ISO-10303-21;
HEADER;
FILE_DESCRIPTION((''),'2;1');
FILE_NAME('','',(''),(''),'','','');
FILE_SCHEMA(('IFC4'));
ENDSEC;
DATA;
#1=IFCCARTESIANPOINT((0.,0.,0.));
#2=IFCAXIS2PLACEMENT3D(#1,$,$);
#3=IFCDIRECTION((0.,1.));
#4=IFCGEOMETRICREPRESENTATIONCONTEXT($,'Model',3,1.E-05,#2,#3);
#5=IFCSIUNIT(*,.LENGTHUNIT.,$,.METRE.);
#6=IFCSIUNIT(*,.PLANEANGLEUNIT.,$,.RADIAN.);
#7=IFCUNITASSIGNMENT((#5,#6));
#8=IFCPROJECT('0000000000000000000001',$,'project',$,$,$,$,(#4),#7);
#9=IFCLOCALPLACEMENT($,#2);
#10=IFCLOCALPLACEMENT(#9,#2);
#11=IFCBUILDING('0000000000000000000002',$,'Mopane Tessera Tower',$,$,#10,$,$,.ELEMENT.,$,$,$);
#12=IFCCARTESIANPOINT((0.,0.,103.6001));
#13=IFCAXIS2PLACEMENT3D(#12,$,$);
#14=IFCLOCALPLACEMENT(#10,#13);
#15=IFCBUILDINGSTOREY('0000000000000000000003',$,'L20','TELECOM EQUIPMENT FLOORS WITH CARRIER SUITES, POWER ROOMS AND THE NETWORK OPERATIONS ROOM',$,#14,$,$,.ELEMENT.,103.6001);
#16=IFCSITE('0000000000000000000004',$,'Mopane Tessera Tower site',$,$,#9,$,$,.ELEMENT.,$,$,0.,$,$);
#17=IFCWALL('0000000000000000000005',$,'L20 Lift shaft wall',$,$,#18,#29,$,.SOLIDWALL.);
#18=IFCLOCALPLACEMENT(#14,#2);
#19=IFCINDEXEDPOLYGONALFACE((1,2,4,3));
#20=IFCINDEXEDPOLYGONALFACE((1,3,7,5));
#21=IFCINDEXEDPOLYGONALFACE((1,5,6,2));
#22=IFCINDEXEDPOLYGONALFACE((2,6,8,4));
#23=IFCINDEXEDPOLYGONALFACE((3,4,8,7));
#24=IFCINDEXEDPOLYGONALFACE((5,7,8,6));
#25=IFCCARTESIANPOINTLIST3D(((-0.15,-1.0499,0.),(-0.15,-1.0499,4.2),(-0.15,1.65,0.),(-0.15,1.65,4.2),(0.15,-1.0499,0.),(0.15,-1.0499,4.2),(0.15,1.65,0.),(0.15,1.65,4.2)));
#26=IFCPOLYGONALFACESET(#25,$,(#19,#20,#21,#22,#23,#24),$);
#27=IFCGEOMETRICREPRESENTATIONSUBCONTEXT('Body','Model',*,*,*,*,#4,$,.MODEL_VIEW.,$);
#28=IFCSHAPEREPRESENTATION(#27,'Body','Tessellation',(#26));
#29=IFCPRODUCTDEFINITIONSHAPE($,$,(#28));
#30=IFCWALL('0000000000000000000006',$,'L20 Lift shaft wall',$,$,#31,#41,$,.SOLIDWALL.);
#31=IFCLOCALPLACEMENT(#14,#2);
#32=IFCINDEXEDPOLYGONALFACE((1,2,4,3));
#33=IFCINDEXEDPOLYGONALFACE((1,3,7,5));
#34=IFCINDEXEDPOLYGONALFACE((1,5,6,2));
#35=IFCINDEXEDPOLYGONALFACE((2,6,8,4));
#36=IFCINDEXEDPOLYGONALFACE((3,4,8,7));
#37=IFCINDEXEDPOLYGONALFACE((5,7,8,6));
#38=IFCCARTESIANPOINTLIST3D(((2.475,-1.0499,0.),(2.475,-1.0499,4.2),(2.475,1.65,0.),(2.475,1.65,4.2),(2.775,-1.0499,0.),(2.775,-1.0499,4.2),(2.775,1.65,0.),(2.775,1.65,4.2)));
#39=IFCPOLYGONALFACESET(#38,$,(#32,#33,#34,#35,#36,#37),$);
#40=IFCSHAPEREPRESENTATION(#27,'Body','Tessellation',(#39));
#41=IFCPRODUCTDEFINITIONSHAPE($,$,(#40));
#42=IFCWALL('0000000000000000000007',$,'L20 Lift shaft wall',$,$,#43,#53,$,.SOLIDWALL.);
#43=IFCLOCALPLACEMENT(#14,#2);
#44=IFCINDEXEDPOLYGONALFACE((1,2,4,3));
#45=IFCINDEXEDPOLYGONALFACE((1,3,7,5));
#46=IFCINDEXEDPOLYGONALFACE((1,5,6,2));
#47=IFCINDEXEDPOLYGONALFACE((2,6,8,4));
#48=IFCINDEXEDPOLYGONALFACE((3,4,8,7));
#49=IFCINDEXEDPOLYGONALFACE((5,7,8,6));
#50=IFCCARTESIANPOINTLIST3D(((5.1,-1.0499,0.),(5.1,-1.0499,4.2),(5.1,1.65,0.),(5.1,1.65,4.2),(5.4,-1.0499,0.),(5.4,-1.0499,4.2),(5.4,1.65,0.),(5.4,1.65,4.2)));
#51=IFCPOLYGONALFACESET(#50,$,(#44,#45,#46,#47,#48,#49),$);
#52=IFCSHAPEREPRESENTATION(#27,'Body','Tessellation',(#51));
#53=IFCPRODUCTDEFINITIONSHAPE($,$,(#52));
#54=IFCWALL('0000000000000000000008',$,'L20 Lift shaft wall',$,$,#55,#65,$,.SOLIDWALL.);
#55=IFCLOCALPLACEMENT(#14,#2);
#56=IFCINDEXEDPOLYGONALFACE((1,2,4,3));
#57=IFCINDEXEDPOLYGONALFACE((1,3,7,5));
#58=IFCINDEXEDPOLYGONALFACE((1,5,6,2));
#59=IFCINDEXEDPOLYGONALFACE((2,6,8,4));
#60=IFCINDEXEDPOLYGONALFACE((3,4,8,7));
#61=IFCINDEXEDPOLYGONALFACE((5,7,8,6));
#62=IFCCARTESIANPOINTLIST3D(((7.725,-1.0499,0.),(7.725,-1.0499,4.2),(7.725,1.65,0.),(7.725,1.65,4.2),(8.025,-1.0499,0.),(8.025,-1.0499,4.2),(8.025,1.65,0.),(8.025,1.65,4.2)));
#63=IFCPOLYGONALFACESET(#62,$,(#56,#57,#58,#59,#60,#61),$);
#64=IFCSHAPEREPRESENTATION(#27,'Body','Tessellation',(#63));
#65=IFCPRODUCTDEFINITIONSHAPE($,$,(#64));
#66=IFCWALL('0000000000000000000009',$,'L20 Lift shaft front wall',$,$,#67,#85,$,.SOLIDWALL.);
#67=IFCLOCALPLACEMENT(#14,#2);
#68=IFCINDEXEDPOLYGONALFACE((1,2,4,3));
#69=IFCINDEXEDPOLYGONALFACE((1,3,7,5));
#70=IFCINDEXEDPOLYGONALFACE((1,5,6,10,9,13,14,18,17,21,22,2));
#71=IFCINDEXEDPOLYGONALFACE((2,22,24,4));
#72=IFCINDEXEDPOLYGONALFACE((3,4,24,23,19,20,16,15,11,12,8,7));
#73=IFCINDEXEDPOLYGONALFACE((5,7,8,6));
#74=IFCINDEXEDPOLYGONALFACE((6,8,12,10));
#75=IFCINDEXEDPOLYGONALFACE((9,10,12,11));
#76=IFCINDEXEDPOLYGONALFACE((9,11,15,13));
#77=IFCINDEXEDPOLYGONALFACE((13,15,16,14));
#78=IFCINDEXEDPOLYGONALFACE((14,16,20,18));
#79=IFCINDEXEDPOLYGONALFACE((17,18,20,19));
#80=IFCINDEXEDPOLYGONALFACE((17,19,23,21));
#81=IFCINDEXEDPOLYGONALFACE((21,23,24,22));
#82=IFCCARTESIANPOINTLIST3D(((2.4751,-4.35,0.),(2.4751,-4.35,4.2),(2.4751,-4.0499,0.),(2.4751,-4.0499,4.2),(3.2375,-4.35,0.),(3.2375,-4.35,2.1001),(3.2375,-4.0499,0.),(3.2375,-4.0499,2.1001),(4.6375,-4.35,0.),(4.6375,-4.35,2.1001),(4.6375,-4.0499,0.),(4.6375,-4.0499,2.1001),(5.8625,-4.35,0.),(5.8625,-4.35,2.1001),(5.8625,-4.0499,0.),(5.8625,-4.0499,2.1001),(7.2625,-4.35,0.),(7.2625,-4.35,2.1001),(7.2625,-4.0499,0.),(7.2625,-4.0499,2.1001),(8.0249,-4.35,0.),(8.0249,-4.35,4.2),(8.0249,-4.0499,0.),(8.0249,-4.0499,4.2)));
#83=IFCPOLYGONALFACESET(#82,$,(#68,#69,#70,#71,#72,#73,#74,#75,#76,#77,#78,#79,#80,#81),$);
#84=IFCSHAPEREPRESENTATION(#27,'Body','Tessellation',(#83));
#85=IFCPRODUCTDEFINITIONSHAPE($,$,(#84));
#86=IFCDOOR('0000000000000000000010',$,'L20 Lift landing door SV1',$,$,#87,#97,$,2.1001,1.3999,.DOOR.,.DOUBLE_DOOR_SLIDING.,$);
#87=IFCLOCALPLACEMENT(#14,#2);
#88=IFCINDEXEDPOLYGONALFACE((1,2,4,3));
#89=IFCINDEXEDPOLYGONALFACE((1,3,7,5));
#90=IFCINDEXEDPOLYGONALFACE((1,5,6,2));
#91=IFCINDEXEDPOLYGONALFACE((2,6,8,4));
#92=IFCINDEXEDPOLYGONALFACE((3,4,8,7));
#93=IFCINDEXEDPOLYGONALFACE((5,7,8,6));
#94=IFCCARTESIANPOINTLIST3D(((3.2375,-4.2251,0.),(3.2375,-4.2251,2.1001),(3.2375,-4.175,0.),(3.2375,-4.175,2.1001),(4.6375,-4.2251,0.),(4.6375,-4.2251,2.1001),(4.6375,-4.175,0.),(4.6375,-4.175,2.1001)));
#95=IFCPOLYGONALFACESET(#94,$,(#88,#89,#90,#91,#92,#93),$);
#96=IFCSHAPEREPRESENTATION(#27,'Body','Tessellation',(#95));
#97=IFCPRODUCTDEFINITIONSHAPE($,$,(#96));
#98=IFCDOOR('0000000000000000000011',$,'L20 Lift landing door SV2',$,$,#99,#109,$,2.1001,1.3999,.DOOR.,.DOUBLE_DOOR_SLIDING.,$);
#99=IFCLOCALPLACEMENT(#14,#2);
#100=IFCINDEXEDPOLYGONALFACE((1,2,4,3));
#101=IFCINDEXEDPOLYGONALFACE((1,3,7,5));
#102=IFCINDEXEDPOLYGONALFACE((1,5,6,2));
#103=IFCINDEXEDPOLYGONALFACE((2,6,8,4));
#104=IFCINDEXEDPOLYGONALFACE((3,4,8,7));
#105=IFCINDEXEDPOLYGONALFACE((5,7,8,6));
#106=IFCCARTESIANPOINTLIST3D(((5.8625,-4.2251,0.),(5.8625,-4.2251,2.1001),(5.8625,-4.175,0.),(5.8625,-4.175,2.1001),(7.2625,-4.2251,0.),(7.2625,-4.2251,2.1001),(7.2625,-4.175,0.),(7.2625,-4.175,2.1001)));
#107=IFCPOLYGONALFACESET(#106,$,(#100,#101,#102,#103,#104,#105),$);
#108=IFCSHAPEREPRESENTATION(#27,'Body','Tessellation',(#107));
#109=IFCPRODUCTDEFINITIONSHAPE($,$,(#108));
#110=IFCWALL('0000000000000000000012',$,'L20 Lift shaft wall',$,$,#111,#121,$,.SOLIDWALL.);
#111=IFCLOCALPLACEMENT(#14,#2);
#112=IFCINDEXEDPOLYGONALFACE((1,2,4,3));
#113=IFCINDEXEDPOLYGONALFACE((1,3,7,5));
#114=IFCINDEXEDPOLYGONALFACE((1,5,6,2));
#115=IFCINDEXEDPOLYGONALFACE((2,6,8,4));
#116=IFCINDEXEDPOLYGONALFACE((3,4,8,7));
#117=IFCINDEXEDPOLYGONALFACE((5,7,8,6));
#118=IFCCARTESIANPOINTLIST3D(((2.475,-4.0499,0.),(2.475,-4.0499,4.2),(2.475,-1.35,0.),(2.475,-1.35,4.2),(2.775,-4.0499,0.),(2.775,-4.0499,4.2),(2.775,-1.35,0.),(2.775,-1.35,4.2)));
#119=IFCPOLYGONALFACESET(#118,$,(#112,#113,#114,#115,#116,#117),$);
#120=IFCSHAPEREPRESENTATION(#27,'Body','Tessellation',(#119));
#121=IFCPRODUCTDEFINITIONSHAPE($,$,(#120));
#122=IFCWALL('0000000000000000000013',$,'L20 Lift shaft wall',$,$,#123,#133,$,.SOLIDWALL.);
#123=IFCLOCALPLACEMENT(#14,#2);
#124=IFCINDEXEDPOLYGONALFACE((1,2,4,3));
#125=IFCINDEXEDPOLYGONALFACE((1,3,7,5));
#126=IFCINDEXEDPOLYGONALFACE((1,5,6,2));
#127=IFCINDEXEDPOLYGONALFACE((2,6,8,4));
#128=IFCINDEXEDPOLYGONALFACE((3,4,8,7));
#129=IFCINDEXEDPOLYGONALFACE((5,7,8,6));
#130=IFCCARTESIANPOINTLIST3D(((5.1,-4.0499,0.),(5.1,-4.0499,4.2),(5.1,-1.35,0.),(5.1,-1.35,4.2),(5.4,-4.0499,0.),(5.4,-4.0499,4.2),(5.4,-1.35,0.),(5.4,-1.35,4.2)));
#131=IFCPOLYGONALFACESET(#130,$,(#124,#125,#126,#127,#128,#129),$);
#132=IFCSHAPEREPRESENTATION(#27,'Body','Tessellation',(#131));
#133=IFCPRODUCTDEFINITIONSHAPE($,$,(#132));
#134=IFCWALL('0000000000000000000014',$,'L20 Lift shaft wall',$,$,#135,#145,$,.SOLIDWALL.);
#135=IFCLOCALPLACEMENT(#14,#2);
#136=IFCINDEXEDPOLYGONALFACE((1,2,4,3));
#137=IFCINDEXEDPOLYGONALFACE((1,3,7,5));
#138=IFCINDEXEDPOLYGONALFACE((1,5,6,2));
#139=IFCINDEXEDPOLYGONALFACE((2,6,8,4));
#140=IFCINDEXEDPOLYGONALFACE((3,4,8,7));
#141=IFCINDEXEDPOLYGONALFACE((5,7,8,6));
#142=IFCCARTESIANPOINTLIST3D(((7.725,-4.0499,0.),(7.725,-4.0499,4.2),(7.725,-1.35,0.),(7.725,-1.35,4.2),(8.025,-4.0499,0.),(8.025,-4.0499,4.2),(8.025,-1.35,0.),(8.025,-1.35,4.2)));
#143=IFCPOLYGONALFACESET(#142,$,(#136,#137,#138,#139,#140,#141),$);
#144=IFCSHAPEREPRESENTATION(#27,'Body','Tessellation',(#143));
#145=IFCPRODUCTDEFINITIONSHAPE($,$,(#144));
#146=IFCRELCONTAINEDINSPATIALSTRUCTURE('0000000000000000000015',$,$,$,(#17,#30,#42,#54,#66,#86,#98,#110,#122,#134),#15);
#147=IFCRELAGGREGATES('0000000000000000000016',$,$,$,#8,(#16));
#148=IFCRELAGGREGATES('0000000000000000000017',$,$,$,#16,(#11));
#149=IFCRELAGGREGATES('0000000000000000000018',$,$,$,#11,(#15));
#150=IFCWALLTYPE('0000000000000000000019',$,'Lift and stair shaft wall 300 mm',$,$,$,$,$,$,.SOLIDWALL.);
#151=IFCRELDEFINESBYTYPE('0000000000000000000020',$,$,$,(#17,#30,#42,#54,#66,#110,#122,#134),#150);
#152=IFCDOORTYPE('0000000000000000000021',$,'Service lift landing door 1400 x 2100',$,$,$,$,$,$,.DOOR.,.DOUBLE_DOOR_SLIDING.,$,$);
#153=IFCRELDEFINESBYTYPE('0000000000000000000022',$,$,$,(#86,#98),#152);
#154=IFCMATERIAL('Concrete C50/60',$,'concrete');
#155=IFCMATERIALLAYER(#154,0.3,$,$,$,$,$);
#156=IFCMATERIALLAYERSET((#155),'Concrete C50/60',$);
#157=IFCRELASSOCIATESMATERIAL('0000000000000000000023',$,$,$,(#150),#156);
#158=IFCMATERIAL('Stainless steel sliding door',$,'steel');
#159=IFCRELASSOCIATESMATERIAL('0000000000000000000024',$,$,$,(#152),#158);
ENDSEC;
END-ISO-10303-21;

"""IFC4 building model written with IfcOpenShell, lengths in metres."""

from ifc_helpers import new_model, si_unit, direction, frame, frame_2d, origin, place, context, subcontext, project, spatial, rectangle, extrude, material, layer, layer_set, type_object, element, fill, save


model = new_model("IFC4")

# Units and contexts
model_context = context("Model", 3, precision=1e-05, world=origin(), true_north=direction((0.0, 1.0)))
body_context = subcontext(model_context, "Body", "Model", "MODEL_VIEW")
ifc_project = project(units=[si_unit("LENGTHUNIT", "METRE"), si_unit("PLANEANGLEUNIT", "RADIAN")], contexts=[model_context])

# Site, building, storey
site_placement = place(None, origin())
site = spatial("IfcSite", under=ifc_project, at=site_placement, Name="Mopane Tessera Tower site", CompositionType="ELEMENT", RefElevation=0.0)
building_placement = place(site_placement, origin())
building = spatial("IfcBuilding", under=site, at=building_placement, Name="Mopane Tessera Tower", CompositionType="ELEMENT")
storey_placement = place(building_placement, frame((0.0, 0.0, 103.6001)))
storey = spatial("IfcBuildingStorey", under=building, at=storey_placement, Name="L20", Description="TELECOM EQUIPMENT FLOORS WITH CARRIER SUITES, POWER ROOMS AND THE NETWORK OPERATIONS ROOM", CompositionType="ELEMENT", Elevation=103.6001)

# Walls
ifc_material_1 = material(Name="Concrete C50/60", Category="concrete")
ifc_layer_1 = layer(ifc_material_1, 0.3)
ifc_layer_set_1 = layer_set([ifc_layer_1], Name="Concrete C50/60")
wall_type_1 = type_object("IfcWallType", Name="Lift and stair shaft wall 300 mm", PredefinedType="SOLIDWALL", material=ifc_layer_set_1)
for number, where, z_axis, x_axis, name in (
    (1, (0.0, -1.05, 0.0), (0.0, 0.0, 1.0), (0.0, 1.0, 0.0), "L20 Lift shaft wall"),
    (2, (2.625, -1.05, 0.0), (0.0, 0.0, 1.0), (0.0, 1.0, 0.0), "L20 Lift shaft wall"),
    (3, (5.25, -1.05, 0.0), (0.0, 0.0, 1.0), (0.0, 1.0, 0.0), "L20 Lift shaft wall"),
    (4, (7.875, -1.05, 0.0), (0.0, 0.0, 1.0), (0.0, 1.0, 0.0), "L20 Lift shaft wall"),
):
    element("IfcWall", number, at=place(storey_placement, frame(where, z_axis=z_axis, x_axis=x_axis)), inside=storey, type_object=wall_type_1, Name=name, PredefinedType="SOLIDWALL", context=body_context, shape_type="SweptSolid", body=[
        extrude(rectangle(XDim=2.7, YDim=0.3, at=frame_2d((1.3501, 0.0))), origin(), (0.0, 0.0, 1.0), 4.2),
    ])

# Wall, openings, doors
wall_1_placement = place(storey_placement, frame((2.4751, -4.2, 0.0), z_axis=(0.0, 0.0, 1.0), x_axis=(1.0, 0.0, 0.0)))
wall_1 = element("IfcWall", 5, at=wall_1_placement, inside=storey, type_object=wall_type_1, Name="L20 Lift shaft front wall", PredefinedType="SOLIDWALL", context=body_context, shape_type="SweptSolid", body=[
    extrude(rectangle(XDim=5.5498, YDim=0.3, at=frame_2d((2.7749, 0.0))), origin(), (0.0, 0.0, 1.0), 4.2),
])
opening_1_placement = place(wall_1_placement, frame((0.7625, 0.0, 0.0)))
opening_1 = element("IfcOpeningElement", 6, at=opening_1_placement, cuts=wall_1, PredefinedType="OPENING", context=body_context, shape_type="SweptSolid", body=[
    extrude(rectangle(XDim=1.3999, YDim=2.1001, at=frame_2d((0.7, 1.05))), frame((0.0, 0.1621, 0.0), z_axis=(0.0, -1.0, 0.0), x_axis=(1.0, 0.0, 0.0)), (0.0, 0.0, 1.0), 0.324),
])
opening_2_placement = place(wall_1_placement, frame((3.3875, 0.0, 0.0)))
opening_2 = element("IfcOpeningElement", 7, at=opening_2_placement, cuts=wall_1, PredefinedType="OPENING", context=body_context, shape_type="SweptSolid", body=[
    extrude(rectangle(XDim=1.3999, YDim=2.1001, at=frame_2d((0.7, 1.05))), frame((0.0, 0.1621, 0.0), z_axis=(0.0, -1.0, 0.0), x_axis=(1.0, 0.0, 0.0)), (0.0, 0.0, 1.0), 0.324),
])
ifc_material_2 = material(Name="Stainless steel sliding door", Category="steel")
door_type = type_object("IfcDoorType", Name="Service lift landing door 1400 x 2100", OperationType="DOUBLE_DOOR_SLIDING", PredefinedType="DOOR", material=ifc_material_2)
door_1_placement = place(opening_1_placement, origin())
door_1 = element("IfcDoor", 8, at=door_1_placement, inside=storey, type_object=door_type, Name="L20 Lift landing door SV1", OperationType="DOUBLE_DOOR_SLIDING", OverallHeight=2.1001, OverallWidth=1.3999, PredefinedType="DOOR", context=body_context, shape_type="SweptSolid", body=[
    extrude(rectangle(XDim=1.3999, YDim=2.1001, at=frame_2d((0.7, 1.05))), frame((0.0, 0.0249, 0.0), z_axis=(0.0, -1.0, 0.0), x_axis=(1.0, 0.0, 0.0)), (0.0, 0.0, 1.0), 0.05),
])
fill(opening_1, door_1)
door_2_placement = place(opening_2_placement, origin())
door_2 = element("IfcDoor", 9, at=door_2_placement, inside=storey, type_object=door_type, Name="L20 Lift landing door SV2", OperationType="DOUBLE_DOOR_SLIDING", OverallHeight=2.1001, OverallWidth=1.3999, PredefinedType="DOOR", context=body_context, shape_type="SweptSolid", body=[
    extrude(rectangle(XDim=1.3999, YDim=2.1001, at=frame_2d((0.7, 1.05))), frame((0.0, 0.0249, 0.0), z_axis=(0.0, -1.0, 0.0), x_axis=(1.0, 0.0, 0.0)), (0.0, 0.0, 1.0), 0.05),
])
fill(opening_2, door_2)

# Walls
for number, where, z_axis, x_axis, name in (
    (10, (2.625, -4.05, 0.0), (0.0, 0.0, 1.0), (0.0, 1.0, 0.0), "L20 Lift shaft wall"),
    (11, (5.25, -4.05, 0.0), (0.0, 0.0, 1.0), (0.0, 1.0, 0.0), "L20 Lift shaft wall"),
    (12, (7.875, -4.05, 0.0), (0.0, 0.0, 1.0), (0.0, 1.0, 0.0), "L20 Lift shaft wall"),
):
    element("IfcWall", number, at=place(storey_placement, frame(where, z_axis=z_axis, x_axis=x_axis)), inside=storey, type_object=wall_type_1, Name=name, PredefinedType="SOLIDWALL", context=body_context, shape_type="SweptSolid", body=[
        extrude(rectangle(XDim=2.7, YDim=0.3, at=frame_2d((1.3501, 0.0))), origin(), (0.0, 0.0, 1.0), 4.2),
    ])

save(model, "model.ifc")
